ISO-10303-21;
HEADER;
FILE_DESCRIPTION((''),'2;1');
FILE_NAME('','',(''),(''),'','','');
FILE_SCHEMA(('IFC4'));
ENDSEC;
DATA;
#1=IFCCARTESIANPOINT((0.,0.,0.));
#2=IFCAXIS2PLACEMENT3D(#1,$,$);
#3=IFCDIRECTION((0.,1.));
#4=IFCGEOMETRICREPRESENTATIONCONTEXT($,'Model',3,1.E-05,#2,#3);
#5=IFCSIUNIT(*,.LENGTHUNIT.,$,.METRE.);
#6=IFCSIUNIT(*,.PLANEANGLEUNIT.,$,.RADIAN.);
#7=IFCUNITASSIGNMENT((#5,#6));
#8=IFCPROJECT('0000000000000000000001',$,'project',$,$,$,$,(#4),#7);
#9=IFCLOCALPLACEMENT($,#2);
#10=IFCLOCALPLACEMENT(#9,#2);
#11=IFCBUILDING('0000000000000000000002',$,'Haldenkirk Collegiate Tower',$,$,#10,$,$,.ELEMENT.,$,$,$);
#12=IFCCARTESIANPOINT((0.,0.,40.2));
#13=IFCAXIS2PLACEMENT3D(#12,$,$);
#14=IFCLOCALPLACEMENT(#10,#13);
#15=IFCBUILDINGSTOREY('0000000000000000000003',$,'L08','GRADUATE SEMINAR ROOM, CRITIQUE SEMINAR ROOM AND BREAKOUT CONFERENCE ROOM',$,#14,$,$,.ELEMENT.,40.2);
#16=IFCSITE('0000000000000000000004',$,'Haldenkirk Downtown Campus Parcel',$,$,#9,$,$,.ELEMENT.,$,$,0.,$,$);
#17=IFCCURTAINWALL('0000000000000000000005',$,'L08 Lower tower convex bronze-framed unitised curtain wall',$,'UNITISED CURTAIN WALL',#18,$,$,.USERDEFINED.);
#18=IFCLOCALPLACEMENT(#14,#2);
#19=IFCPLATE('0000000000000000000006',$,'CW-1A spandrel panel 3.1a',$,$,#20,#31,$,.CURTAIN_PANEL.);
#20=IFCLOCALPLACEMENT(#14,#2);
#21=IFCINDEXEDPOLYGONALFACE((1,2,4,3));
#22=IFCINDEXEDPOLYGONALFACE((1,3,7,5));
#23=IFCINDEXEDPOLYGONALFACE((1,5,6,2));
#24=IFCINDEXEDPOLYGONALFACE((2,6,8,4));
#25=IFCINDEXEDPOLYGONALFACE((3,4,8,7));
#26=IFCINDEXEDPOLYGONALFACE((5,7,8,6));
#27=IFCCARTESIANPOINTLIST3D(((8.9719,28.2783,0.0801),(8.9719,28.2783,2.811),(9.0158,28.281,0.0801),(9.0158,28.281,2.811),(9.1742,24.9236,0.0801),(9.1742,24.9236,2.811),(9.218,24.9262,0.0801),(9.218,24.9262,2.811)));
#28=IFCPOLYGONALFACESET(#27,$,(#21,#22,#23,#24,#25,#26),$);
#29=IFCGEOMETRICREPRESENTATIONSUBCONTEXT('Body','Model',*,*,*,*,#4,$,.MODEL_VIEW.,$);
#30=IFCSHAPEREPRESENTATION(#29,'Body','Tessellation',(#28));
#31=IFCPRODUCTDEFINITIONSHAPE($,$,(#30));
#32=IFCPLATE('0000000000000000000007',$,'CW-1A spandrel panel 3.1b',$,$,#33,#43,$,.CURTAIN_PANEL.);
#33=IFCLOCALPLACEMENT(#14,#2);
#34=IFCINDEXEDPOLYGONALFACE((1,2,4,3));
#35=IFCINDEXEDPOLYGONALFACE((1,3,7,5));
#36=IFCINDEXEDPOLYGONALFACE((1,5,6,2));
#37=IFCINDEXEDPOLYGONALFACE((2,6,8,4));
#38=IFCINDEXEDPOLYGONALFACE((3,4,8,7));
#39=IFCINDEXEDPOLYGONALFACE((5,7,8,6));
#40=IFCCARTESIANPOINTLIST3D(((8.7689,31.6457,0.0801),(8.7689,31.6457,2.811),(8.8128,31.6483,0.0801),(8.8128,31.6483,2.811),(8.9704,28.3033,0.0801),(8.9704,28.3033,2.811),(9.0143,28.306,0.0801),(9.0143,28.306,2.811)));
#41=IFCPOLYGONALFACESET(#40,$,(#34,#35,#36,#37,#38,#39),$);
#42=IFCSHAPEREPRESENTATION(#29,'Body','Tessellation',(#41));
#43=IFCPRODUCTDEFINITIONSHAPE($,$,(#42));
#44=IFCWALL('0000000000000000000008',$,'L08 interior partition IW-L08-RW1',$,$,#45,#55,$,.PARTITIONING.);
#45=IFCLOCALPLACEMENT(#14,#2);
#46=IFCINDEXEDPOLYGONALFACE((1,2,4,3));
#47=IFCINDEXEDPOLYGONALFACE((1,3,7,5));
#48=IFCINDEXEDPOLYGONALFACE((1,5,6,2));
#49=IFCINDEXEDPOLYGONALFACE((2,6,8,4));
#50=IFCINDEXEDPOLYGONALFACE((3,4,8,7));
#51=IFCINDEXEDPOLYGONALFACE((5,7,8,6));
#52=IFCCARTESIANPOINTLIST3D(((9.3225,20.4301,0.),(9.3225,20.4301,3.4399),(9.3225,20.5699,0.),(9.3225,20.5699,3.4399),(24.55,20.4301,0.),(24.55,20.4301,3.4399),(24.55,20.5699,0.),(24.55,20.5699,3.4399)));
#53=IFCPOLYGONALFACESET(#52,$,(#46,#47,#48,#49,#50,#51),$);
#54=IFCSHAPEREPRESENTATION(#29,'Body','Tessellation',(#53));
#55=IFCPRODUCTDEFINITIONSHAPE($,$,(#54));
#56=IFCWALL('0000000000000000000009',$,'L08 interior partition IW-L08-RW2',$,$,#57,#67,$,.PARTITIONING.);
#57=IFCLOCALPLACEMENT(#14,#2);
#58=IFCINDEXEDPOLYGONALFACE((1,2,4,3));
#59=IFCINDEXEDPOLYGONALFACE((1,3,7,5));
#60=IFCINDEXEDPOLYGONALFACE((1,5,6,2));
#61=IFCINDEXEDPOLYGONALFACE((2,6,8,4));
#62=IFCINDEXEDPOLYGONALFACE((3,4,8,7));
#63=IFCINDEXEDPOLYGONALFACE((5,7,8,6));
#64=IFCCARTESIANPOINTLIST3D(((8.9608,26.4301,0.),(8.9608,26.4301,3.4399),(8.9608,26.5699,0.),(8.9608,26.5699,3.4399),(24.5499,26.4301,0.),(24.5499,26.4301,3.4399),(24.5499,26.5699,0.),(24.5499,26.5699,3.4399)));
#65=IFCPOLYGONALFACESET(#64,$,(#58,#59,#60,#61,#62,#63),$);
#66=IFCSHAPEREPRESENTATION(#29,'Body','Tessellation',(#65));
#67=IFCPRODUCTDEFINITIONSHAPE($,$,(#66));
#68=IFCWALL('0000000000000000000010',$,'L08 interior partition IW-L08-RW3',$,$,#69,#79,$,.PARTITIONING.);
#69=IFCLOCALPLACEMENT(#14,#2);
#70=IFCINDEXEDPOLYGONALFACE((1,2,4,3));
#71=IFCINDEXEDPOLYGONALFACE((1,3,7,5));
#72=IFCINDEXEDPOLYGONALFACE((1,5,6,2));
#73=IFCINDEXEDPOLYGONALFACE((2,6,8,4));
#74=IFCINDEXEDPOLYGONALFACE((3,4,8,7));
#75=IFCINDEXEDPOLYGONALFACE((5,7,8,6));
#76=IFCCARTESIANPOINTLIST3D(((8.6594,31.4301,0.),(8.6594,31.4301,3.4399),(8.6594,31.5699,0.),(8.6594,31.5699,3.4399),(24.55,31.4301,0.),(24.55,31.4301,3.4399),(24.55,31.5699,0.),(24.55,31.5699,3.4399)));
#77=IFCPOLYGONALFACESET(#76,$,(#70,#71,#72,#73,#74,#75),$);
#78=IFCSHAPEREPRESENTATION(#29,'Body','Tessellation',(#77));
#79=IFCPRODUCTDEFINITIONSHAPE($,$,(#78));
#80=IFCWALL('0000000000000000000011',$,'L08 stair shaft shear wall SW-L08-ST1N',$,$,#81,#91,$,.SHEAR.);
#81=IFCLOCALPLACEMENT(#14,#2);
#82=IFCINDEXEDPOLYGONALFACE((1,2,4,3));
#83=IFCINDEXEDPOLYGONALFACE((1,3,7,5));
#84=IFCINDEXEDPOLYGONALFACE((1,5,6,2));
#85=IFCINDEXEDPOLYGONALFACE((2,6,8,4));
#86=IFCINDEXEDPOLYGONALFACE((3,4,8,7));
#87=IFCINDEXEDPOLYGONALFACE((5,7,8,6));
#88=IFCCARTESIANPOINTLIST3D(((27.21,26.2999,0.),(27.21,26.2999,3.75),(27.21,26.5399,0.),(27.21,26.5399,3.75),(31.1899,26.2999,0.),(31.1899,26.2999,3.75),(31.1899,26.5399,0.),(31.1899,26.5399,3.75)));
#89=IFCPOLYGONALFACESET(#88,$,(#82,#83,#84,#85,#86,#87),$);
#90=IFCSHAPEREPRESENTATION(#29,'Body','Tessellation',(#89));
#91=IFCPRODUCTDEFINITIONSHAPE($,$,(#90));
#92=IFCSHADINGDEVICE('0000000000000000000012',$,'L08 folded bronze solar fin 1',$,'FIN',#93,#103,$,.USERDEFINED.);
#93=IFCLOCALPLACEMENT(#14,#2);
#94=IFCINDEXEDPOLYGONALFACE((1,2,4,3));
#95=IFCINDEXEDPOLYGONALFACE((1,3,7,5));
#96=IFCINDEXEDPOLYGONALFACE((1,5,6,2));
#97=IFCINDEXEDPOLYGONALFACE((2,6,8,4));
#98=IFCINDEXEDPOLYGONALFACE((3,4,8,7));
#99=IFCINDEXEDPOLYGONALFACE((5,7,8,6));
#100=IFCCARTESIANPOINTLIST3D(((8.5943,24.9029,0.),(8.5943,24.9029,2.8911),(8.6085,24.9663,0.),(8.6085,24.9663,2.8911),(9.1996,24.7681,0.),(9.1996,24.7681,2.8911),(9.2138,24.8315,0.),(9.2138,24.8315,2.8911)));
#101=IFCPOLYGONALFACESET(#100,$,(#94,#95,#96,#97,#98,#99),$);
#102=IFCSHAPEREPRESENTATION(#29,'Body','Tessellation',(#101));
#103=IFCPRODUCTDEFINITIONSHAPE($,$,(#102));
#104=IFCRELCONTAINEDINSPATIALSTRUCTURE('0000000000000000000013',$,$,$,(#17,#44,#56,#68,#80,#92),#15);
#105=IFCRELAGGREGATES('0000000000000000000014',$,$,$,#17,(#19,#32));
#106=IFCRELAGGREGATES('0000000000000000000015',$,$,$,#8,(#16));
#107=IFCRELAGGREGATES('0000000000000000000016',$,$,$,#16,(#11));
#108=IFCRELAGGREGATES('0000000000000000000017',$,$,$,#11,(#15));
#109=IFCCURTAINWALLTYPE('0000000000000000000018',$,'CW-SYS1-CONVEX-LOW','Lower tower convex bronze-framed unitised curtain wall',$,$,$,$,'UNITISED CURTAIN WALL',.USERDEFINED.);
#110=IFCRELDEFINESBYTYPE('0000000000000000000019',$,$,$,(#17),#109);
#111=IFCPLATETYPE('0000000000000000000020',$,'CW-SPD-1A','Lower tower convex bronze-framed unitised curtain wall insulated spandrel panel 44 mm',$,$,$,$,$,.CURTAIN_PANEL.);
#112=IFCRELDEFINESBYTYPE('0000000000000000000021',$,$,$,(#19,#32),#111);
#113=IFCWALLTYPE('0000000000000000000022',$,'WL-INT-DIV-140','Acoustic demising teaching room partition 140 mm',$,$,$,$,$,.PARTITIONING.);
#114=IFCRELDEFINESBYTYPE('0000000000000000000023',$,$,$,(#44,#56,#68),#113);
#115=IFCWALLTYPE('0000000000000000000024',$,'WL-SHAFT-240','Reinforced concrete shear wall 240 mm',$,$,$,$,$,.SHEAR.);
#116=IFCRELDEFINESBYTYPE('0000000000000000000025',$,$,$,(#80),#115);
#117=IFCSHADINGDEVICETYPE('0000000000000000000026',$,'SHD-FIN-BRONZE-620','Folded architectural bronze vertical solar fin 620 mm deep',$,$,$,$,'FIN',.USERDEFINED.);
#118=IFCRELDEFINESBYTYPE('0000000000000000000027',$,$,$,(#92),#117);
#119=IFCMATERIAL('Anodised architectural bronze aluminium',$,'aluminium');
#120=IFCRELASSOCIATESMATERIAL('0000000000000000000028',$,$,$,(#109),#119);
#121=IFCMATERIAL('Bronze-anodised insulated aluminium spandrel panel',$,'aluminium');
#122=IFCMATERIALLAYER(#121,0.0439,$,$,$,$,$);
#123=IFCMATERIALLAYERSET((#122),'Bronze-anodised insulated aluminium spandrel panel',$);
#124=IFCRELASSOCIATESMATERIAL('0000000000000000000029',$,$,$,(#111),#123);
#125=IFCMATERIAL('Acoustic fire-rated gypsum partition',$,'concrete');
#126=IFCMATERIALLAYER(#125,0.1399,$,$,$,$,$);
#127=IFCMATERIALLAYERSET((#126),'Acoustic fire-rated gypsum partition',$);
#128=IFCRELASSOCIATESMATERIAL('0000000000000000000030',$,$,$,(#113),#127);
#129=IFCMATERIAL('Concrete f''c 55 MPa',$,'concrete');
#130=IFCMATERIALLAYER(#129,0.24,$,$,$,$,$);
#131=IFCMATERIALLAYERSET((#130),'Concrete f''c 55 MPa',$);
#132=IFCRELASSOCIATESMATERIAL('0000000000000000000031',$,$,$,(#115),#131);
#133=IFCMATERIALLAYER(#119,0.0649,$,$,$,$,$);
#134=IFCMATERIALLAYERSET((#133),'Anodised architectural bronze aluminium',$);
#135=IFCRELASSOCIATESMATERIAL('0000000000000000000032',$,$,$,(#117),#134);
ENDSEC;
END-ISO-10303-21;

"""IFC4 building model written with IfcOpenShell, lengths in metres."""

from ifc_helpers import new_model, si_unit, direction, frame, frame_2d, origin, origin_2d, place, context, subcontext, project, spatial, rectangle, extrude, source, transform, mapped, material, layer, layer_set, type_object, element, aggregate, save


model = new_model("IFC4")

# Units and contexts
model_context = context("Model", 3, precision=1e-05, world=origin(), true_north=direction((0.0, 1.0)))
body_context = subcontext(model_context, "Body", "Model", "MODEL_VIEW")
ifc_project = project(units=[si_unit("LENGTHUNIT", "METRE"), si_unit("PLANEANGLEUNIT", "RADIAN")], contexts=[model_context])

# Site, building, storey
site_placement = place(None, origin())
site = spatial("IfcSite", under=ifc_project, at=site_placement, Name="Haldenkirk Downtown Campus Parcel", CompositionType="ELEMENT", RefElevation=0.0)
building_placement = place(site_placement, origin())
building = spatial("IfcBuilding", under=site, at=building_placement, Name="Haldenkirk Collegiate Tower", CompositionType="ELEMENT")
storey_placement = place(building_placement, frame((0.0, 0.0, 40.2)))
storey = spatial("IfcBuildingStorey", under=building, at=storey_placement, Name="L08", Description="GRADUATE SEMINAR ROOM, CRITIQUE SEMINAR ROOM AND BREAKOUT CONFERENCE ROOM", CompositionType="ELEMENT", Elevation=40.2)

# Curtain wall
ifc_material_1 = material(Name="Anodised architectural bronze aluminium", Category="aluminium")
curtain_wall_type = type_object("IfcCurtainWallType", Name="CW-SYS1-CONVEX-LOW", Description="Lower tower convex bronze-framed unitised curtain wall", ElementType="UNITISED CURTAIN WALL", PredefinedType="USERDEFINED", material=ifc_material_1)
curtain_wall_placement = place(storey_placement, origin())
curtain_wall = element("IfcCurtainWall", 1, at=curtain_wall_placement, inside=storey, type_object=curtain_wall_type, Name="L08 Lower tower convex bronze-framed unitised curtain wall", ObjectType="UNITISED CURTAIN WALL", PredefinedType="USERDEFINED")

# Plates
ifc_material_2 = material(Name="Bronze-anodised insulated aluminium spandrel panel", Category="aluminium")
ifc_layer_1 = layer(ifc_material_2, 0.0439)
ifc_layer_set_1 = layer_set([ifc_layer_1], Name="Bronze-anodised insulated aluminium spandrel panel")
plate_type = type_object("IfcPlateType", Name="CW-SPD-1A", Description="Lower tower convex bronze-framed unitised curtain wall insulated spandrel panel 44 mm", PredefinedType="CURTAIN_PANEL", material=ifc_layer_set_1)
shared_shape_1 = source(origin(), body_context, "Body", "SweptSolid", [
    extrude(rectangle(XDim=3.3608, YDim=0.0439, at=origin_2d()), origin(), (0.0, 0.0, 1.0), 2.731),
])
plate_1_placement = place(storey_placement, frame((9.095, 26.6023, 0.0801), z_axis=(0.0, 0.0, 1.0), x_axis=(-0.060174, 0.998188, 0.0)))
plate_1 = element("IfcPlate", 2, at=plate_1_placement, type_object=plate_type, Name="CW-1A spandrel panel 3.1a", PredefinedType="CURTAIN_PANEL", context=body_context, shape_type="MappedRepresentation", body=[
    mapped(shared_shape_1, transform((0.0, 0.0, 0.0), x_axis=(1.0, 0.0, 0.0), y_axis=(0.0, 1.0, 0.0), z_axis=(0.0, 0.0, 1.0), scale=1.0)),
])
shared_shape_2 = source(origin(), body_context, "Body", "SweptSolid", [
    extrude(rectangle(XDim=3.3484, YDim=0.0439, at=origin_2d()), origin(), (0.0, 0.0, 1.0), 2.731),
])
plate_2_placement = place(storey_placement, frame((8.8916, 29.9758, 0.0801), z_axis=(0.0, 0.0, 1.0), x_axis=(-0.060174, 0.998188, 0.0)))
plate_2 = element("IfcPlate", 3, at=plate_2_placement, type_object=plate_type, Name="CW-1A spandrel panel 3.1b", PredefinedType="CURTAIN_PANEL", context=body_context, shape_type="MappedRepresentation", body=[
    mapped(shared_shape_2, transform((0.0, 0.0, 0.0), x_axis=(1.0, 0.0, 0.0), y_axis=(0.0, 1.0, 0.0), z_axis=(0.0, 0.0, 1.0), scale=1.0)),
])
aggregate(curtain_wall, [plate_1, plate_2])

# Shared definitions
ifc_material_3 = material(Name="Acoustic fire-rated gypsum partition", Category="concrete")

# Walls
ifc_layer_2 = layer(ifc_material_3, 0.1399)
ifc_layer_set_2 = layer_set([ifc_layer_2], Name="Acoustic fire-rated gypsum partition")
wall_type_1 = type_object("IfcWallType", Name="WL-INT-DIV-140", Description="Acoustic demising teaching room partition 140 mm", PredefinedType="PARTITIONING", material=ifc_layer_set_2)
wall_1_placement = place(storey_placement, frame((9.3225, 20.5, 0.0), z_axis=(0.0, 0.0, 1.0), x_axis=(1.0, 0.0, 0.0)))
element("IfcWall", 4, at=wall_1_placement, inside=storey, type_object=wall_type_1, Name="L08 interior partition IW-L08-RW1", PredefinedType="PARTITIONING", context=body_context, shape_type="SweptSolid", body=[
    extrude(rectangle(XDim=15.2275, YDim=0.1399, at=frame_2d((7.6138, 0.0))), origin(), (0.0, 0.0, 1.0), 3.4399),
])
wall_2_placement = place(storey_placement, frame((8.9609, 26.5, 0.0), z_axis=(0.0, 0.0, 1.0), x_axis=(1.0, 0.0, 0.0)))
element("IfcWall", 5, at=wall_2_placement, inside=storey, type_object=wall_type_1, Name="L08 interior partition IW-L08-RW2", PredefinedType="PARTITIONING", context=body_context, shape_type="SweptSolid", body=[
    extrude(rectangle(XDim=15.5891, YDim=0.1399, at=frame_2d((7.7944, 0.0))), origin(), (0.0, 0.0, 1.0), 3.4399),
])
wall_3_placement = place(storey_placement, frame((8.6594, 31.5, 0.0), z_axis=(0.0, 0.0, 1.0), x_axis=(1.0, 0.0, 0.0)))
element("IfcWall", 6, at=wall_3_placement, inside=storey, type_object=wall_type_1, Name="L08 interior partition IW-L08-RW3", PredefinedType="PARTITIONING", context=body_context, shape_type="SweptSolid", body=[
    extrude(rectangle(XDim=15.8906, YDim=0.1399, at=frame_2d((7.9453, 0.0))), origin(), (0.0, 0.0, 1.0), 3.4399),
])
ifc_material_4 = material(Name="Concrete f'c 55 MPa", Category="concrete")
ifc_layer_3 = layer(ifc_material_4, 0.24)
ifc_layer_set_3 = layer_set([ifc_layer_3], Name="Concrete f'c 55 MPa")
wall_type_2 = type_object("IfcWallType", Name="WL-SHAFT-240", Description="Reinforced concrete shear wall 240 mm", PredefinedType="SHEAR", material=ifc_layer_set_3)
wall_4_placement = place(storey_placement, frame((27.21, 26.4199, 0.0), z_axis=(0.0, 0.0, 1.0), x_axis=(1.0, 0.0, 0.0)))
element("IfcWall", 7, at=wall_4_placement, inside=storey, type_object=wall_type_2, Name="L08 stair shaft shear wall SW-L08-ST1N", PredefinedType="SHEAR", context=body_context, shape_type="SweptSolid", body=[
    extrude(rectangle(XDim=3.98, YDim=0.24, at=frame_2d((1.99, 0.0))), origin(), (0.0, 0.0, 1.0), 3.75),
])

# Shading device
ifc_layer_4 = layer(ifc_material_1, 0.0649)
ifc_layer_set_4 = layer_set([ifc_layer_4], Name="Anodised architectural bronze aluminium")
shading_device_type = type_object("IfcShadingDeviceType", Name="SHD-FIN-BRONZE-620", Description="Folded architectural bronze vertical solar fin 620 mm deep", ElementType="FIN", PredefinedType="USERDEFINED", material=ifc_layer_set_4)
shared_shape_3 = source(origin(), body_context, "Body", "SweptSolid", [
    extrude(rectangle(XDim=0.6201, YDim=0.0649, at=origin_2d()), origin(), (0.0, 0.0, 1.0), 2.8911),
])
shading_device_placement = place(storey_placement, frame((8.9041, 24.8672, 0.0), z_axis=(0.0, 0.0, 1.0), x_axis=(-0.976107, 0.217292, 0.0)))
element("IfcShadingDevice", 8, at=shading_device_placement, inside=storey, type_object=shading_device_type, Name="L08 folded bronze solar fin 1", ObjectType="FIN", PredefinedType="USERDEFINED", context=body_context, shape_type="MappedRepresentation", body=[
    mapped(shared_shape_3, transform((0.0, 0.0, 0.0), x_axis=(1.0, 0.0, 0.0), y_axis=(0.0, 1.0, 0.0), z_axis=(0.0, 0.0, 1.0), scale=1.0)),
])

save(model, "model.ifc")
